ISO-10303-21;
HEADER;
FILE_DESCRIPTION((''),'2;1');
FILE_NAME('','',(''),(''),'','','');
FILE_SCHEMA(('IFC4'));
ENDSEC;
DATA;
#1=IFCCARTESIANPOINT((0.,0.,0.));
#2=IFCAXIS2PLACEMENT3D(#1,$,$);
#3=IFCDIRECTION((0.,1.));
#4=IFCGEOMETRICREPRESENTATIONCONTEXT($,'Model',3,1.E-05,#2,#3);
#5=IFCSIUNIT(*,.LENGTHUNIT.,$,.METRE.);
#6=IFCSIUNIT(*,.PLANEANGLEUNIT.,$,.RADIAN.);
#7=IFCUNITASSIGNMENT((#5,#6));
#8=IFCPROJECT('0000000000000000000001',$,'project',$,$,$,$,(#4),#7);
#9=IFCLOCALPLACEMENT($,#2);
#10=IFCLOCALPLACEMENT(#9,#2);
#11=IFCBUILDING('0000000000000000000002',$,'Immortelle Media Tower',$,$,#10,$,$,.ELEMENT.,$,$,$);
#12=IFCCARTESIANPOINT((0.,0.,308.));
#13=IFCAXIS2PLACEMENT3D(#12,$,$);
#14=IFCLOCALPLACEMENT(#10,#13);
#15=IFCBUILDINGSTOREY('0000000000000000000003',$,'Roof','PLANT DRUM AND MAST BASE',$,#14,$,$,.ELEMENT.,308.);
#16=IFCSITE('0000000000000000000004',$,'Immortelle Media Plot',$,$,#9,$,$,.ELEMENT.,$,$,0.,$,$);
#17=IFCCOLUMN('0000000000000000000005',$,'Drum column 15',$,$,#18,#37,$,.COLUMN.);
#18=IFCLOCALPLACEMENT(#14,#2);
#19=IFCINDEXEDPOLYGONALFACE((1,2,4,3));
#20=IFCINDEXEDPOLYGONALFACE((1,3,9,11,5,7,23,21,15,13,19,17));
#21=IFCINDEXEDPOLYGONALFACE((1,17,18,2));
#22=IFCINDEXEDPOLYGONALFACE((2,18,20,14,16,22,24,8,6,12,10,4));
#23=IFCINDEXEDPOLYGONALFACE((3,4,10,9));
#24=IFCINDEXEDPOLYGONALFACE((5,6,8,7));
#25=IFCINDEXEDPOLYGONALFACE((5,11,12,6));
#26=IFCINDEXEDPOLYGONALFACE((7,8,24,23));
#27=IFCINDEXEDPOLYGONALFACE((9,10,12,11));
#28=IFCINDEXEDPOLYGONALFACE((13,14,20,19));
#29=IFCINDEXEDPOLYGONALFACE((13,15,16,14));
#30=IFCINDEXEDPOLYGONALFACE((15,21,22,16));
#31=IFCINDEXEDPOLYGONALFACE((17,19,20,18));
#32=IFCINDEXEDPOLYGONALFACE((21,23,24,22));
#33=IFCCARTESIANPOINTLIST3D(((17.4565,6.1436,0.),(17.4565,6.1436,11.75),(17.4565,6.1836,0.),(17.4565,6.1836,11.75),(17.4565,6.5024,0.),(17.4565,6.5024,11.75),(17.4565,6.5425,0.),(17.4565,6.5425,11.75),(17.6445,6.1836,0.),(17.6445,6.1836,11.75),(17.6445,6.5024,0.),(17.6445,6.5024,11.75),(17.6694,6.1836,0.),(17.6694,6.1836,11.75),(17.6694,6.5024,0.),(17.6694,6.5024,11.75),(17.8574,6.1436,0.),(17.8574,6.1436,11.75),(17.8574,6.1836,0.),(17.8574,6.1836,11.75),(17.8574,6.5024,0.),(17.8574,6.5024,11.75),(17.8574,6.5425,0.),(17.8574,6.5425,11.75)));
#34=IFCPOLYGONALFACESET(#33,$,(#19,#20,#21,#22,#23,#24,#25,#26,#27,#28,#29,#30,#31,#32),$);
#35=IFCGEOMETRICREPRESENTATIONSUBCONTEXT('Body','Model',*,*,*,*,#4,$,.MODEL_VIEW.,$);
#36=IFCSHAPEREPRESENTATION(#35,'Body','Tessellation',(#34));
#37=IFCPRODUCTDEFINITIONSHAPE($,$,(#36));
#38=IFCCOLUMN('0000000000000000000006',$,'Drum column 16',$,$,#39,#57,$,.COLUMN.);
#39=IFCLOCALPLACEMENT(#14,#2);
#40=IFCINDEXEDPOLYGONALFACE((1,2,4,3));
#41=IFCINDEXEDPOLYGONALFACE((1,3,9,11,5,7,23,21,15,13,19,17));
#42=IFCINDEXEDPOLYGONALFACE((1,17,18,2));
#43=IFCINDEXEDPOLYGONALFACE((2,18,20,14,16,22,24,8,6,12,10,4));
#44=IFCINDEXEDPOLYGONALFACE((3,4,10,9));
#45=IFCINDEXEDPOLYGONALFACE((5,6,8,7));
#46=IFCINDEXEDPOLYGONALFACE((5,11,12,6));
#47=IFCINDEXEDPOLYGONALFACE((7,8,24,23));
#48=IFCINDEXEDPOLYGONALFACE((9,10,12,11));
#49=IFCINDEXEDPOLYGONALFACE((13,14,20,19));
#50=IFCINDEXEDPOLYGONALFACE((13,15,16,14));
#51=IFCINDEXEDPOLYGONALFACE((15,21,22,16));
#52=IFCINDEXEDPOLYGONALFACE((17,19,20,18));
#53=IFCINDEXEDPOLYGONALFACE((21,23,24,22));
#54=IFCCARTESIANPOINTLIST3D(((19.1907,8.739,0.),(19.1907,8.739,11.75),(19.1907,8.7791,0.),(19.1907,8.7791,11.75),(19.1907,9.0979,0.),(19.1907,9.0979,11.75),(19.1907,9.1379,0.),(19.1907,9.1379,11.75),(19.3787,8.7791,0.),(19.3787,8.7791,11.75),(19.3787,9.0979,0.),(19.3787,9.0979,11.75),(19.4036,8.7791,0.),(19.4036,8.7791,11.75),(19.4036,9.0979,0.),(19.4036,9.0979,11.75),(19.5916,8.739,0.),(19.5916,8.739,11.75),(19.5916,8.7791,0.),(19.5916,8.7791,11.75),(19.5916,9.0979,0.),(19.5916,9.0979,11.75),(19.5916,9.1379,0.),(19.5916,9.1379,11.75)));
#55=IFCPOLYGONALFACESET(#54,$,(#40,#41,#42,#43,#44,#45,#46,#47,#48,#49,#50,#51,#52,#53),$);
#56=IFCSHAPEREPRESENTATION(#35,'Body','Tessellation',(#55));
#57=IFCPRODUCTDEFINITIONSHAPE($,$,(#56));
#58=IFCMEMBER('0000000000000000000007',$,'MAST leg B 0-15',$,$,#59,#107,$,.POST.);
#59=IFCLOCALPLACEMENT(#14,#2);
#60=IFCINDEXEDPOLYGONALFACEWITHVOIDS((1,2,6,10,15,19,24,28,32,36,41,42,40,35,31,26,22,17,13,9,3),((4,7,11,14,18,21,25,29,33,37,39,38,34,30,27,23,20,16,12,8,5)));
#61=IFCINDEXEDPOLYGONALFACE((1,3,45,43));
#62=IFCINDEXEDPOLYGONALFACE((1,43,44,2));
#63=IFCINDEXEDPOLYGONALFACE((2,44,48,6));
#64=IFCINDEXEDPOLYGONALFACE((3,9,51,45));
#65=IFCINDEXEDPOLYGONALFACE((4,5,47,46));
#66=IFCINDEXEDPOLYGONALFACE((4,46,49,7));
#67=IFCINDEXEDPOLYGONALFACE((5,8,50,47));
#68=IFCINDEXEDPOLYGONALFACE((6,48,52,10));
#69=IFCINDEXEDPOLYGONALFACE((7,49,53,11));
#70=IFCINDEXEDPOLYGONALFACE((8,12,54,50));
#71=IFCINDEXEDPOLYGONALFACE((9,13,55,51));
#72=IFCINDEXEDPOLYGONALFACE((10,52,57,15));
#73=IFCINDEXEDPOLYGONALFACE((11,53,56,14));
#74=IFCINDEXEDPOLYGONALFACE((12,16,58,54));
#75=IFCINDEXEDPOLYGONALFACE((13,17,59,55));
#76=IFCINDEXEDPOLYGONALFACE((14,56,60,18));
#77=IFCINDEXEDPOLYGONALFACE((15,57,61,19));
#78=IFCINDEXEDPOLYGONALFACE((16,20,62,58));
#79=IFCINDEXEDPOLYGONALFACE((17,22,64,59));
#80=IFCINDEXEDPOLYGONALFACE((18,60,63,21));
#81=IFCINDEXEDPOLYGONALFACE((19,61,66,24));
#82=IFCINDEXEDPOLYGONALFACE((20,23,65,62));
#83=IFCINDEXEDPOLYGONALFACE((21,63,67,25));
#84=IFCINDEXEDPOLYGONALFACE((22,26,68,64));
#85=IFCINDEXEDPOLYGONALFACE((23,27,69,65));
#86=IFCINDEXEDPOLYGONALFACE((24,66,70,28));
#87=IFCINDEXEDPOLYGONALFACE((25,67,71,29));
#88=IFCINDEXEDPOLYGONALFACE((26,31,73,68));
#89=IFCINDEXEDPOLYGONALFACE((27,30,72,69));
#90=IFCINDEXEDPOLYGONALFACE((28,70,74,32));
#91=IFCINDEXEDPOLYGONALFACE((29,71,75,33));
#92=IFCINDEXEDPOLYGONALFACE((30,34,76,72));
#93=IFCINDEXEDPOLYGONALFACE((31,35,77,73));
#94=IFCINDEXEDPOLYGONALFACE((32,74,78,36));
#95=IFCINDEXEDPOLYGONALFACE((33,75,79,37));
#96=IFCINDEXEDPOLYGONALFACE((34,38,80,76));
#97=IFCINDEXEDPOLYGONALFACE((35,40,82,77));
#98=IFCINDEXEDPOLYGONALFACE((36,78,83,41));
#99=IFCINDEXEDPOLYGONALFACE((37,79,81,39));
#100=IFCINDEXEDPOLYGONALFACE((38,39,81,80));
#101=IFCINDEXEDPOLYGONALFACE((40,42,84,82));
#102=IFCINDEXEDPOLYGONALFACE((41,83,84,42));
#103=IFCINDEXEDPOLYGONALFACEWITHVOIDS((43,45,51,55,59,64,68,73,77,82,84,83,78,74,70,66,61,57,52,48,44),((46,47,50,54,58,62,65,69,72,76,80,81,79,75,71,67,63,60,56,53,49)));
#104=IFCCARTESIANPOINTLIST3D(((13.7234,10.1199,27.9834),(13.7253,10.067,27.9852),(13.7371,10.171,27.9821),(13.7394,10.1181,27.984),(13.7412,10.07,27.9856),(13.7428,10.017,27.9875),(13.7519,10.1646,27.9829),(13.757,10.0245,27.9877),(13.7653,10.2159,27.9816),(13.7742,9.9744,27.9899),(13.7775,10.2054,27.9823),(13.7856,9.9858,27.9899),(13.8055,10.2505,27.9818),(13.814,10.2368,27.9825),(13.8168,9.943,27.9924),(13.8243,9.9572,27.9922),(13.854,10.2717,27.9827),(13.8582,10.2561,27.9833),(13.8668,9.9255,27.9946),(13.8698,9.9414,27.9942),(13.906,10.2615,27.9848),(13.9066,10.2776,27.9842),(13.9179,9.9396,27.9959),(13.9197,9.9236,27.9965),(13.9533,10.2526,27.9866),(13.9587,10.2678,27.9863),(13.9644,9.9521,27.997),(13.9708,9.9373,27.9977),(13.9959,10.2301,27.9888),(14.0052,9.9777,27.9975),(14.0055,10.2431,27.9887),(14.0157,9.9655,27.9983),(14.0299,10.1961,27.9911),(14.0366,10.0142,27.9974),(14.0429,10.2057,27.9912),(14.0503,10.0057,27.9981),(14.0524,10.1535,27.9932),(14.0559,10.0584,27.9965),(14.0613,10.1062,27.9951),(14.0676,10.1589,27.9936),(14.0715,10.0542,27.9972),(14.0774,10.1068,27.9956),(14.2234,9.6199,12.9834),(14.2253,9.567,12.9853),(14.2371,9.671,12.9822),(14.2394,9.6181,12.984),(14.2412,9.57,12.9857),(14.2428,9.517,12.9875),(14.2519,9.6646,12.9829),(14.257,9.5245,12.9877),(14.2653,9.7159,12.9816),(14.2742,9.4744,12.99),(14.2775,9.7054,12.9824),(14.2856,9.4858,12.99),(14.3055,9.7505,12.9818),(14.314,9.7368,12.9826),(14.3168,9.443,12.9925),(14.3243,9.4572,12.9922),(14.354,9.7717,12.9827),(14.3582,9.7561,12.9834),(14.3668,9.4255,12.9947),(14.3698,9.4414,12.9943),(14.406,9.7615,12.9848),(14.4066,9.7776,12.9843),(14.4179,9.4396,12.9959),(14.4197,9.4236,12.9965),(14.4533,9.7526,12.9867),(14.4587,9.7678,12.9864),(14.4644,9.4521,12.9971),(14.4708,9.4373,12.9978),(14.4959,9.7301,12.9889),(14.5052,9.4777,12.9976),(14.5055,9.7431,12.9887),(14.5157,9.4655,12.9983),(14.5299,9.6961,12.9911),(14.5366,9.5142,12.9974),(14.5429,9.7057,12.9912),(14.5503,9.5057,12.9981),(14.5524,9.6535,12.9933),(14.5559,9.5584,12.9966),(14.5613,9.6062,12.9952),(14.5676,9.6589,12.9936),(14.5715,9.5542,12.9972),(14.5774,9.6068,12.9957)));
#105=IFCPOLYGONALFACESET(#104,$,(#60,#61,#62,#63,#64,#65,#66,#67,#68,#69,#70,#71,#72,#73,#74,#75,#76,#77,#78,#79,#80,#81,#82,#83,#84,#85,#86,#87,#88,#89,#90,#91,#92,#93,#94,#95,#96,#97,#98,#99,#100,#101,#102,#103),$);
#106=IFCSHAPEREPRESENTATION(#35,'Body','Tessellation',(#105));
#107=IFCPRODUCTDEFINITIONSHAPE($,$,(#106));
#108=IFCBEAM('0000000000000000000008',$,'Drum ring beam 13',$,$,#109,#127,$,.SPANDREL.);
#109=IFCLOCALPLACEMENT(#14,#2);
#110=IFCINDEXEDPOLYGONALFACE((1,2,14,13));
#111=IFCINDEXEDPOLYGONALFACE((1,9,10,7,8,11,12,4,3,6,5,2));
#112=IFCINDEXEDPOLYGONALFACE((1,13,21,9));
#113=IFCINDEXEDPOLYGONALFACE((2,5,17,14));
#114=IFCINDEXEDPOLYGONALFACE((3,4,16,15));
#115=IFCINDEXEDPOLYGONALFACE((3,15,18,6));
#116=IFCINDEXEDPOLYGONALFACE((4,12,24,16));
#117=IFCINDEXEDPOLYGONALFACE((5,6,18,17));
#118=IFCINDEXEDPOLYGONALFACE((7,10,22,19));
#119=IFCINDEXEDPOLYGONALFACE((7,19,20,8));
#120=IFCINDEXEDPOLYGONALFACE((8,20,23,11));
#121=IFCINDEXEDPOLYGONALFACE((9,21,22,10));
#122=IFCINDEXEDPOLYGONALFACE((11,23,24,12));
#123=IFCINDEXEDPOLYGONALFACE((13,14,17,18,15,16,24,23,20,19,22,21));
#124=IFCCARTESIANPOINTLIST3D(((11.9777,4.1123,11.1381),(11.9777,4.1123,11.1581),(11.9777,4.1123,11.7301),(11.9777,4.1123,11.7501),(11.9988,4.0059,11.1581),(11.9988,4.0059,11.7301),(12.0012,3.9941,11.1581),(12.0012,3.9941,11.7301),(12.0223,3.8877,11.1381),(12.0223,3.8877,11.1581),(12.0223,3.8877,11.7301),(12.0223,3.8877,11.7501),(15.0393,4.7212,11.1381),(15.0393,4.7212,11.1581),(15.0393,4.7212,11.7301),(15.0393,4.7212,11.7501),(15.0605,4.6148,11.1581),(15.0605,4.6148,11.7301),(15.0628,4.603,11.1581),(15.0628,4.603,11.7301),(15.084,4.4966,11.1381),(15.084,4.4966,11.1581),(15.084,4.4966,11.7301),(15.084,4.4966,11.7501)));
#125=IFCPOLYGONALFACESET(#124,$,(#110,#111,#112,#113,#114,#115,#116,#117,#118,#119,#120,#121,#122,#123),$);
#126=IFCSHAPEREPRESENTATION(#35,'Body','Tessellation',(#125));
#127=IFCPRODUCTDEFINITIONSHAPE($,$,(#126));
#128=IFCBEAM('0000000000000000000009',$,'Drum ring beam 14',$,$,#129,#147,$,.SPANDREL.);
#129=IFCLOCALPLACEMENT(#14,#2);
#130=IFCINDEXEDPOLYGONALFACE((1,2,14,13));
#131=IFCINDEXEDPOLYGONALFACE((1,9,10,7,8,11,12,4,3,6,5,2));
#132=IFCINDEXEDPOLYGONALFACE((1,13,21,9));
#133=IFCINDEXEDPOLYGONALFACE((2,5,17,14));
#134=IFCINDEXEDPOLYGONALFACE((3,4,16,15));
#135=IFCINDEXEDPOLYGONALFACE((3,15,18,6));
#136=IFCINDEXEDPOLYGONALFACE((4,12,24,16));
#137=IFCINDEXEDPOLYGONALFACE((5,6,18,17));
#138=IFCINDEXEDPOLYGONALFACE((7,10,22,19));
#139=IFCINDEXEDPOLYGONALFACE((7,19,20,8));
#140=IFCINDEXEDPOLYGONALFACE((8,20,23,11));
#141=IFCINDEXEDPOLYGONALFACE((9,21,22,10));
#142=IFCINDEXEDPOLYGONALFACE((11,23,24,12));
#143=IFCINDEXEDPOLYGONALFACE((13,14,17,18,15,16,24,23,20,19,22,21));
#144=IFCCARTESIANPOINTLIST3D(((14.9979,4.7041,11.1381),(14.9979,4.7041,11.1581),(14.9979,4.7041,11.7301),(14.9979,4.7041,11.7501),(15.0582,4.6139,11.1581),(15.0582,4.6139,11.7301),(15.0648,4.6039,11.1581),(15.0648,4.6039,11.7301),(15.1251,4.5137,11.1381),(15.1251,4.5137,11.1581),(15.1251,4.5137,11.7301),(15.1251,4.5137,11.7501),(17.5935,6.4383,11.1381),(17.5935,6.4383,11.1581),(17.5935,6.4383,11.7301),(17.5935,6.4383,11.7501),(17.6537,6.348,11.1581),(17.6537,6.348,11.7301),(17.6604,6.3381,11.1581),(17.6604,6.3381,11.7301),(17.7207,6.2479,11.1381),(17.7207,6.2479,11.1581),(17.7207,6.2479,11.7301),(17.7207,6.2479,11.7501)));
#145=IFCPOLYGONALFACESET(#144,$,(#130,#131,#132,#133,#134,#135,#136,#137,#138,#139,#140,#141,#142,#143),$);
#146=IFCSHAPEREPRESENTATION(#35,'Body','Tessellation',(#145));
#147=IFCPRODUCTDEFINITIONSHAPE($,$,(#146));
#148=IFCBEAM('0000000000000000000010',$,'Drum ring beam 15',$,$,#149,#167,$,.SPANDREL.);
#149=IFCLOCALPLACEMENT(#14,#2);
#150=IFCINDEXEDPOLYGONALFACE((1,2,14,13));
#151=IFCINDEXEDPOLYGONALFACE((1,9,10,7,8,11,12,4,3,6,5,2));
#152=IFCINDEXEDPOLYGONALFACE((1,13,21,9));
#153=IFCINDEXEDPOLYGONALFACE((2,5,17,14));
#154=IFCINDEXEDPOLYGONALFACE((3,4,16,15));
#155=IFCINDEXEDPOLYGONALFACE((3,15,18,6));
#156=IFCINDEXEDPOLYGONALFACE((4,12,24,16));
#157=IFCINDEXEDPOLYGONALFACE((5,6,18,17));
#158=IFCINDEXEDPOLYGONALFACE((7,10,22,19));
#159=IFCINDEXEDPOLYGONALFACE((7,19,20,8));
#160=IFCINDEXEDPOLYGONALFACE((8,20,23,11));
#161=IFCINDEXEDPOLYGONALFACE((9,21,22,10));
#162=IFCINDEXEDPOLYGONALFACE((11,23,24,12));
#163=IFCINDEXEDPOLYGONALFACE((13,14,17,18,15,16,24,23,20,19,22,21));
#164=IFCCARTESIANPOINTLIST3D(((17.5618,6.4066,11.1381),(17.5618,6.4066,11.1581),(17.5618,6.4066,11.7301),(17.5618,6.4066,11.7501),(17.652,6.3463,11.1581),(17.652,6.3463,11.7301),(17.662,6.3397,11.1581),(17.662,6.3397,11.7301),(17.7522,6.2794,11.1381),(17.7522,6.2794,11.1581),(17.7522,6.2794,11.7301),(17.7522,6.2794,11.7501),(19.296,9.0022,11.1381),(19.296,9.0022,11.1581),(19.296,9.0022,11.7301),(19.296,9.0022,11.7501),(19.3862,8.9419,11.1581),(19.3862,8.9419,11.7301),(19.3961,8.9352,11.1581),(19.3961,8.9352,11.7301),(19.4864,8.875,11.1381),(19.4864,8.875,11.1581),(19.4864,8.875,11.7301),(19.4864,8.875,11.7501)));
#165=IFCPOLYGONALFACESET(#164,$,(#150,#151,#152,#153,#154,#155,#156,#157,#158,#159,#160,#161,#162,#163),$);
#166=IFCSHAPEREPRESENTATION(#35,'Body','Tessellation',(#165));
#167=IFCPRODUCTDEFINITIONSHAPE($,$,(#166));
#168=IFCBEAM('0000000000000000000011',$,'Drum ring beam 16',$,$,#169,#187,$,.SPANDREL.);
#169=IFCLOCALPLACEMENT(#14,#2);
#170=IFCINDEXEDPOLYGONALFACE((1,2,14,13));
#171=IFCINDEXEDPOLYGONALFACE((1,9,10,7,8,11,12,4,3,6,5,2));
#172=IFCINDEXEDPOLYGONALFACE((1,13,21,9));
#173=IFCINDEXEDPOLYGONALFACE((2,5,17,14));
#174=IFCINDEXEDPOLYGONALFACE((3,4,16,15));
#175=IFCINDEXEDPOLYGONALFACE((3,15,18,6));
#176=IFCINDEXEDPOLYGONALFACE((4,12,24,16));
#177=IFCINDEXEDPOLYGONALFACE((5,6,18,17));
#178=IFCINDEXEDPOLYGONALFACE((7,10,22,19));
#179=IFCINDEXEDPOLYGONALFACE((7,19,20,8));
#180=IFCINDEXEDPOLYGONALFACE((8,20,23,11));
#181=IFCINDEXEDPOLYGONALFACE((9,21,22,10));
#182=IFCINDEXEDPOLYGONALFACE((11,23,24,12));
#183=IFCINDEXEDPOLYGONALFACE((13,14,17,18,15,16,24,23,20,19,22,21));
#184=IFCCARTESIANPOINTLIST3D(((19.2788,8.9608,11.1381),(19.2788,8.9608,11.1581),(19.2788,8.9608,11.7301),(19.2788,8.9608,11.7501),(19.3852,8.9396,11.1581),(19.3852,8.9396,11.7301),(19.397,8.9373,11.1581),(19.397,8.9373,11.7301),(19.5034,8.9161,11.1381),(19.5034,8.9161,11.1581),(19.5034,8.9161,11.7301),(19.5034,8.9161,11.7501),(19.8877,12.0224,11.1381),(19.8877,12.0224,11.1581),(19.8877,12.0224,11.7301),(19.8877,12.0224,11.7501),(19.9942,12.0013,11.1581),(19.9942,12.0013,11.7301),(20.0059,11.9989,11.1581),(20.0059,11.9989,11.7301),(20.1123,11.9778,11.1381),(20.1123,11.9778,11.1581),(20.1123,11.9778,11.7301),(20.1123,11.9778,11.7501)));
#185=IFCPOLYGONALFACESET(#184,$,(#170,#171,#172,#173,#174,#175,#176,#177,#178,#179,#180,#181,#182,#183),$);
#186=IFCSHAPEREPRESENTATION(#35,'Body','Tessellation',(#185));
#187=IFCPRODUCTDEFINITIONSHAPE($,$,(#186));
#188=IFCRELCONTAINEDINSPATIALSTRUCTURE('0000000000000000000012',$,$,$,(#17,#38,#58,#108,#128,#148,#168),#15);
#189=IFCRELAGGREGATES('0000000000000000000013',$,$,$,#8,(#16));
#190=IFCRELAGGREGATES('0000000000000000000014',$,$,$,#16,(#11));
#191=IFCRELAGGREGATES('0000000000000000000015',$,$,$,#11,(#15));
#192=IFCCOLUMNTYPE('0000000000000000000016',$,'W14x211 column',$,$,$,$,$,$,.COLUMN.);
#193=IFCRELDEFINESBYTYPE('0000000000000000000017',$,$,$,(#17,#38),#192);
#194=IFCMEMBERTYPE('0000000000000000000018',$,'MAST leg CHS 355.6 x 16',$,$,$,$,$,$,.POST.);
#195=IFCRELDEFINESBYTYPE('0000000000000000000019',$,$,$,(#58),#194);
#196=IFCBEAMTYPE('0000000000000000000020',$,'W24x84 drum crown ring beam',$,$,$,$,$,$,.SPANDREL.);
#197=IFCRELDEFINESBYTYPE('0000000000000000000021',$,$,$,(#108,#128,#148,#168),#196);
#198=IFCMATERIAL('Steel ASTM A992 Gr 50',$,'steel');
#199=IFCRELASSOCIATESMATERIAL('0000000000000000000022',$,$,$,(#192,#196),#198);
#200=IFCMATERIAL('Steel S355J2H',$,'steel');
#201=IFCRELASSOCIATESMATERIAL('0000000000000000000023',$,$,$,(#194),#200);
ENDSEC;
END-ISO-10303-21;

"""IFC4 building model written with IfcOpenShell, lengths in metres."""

from ifc_helpers import new_model, si_unit, direction, frame, origin, origin_2d, place, context, subcontext, project, spatial, hollow_circle, i_section, extrude, material, material_profile, profile_set, type_object, element, save


model = new_model("IFC4")

# Units and contexts
model_context = context("Model", 3, precision=1e-05, world=origin(), true_north=direction((0.0, 1.0)))
body_context = subcontext(model_context, "Body", "Model", "MODEL_VIEW")
ifc_project = project(units=[si_unit("LENGTHUNIT", "METRE"), si_unit("PLANEANGLEUNIT", "RADIAN")], contexts=[model_context])

# Site, building, storey
site_placement = place(None, origin())
site = spatial("IfcSite", under=ifc_project, at=site_placement, Name="Immortelle Media Plot", CompositionType="ELEMENT", RefElevation=0.0)
building_placement = place(site_placement, origin())
building = spatial("IfcBuilding", under=site, at=building_placement, Name="Immortelle Media Tower", CompositionType="ELEMENT")
storey_placement = place(building_placement, frame((0.0, 0.0, 308.0)))
storey = spatial("IfcBuildingStorey", under=building, at=storey_placement, Name="Roof", Description="PLANT DRUM AND MAST BASE", CompositionType="ELEMENT", Elevation=308.0)

# Columns
ifc_material_1 = material(Name="Steel ASTM A992 Gr 50", Category="steel")
ifc_material_profile_1 = material_profile(ifc_material_1, i_section(OverallWidth=0.4009, OverallDepth=0.3989, WebThickness=0.0249, FlangeThickness=0.04, at=origin_2d()), Name="W14x211")
ifc_profile_set_1 = profile_set([ifc_material_profile_1], Name="Steel ASTM A992 Gr 50")
column_type = type_object("IfcColumnType", Name="W14x211 column", PredefinedType="COLUMN", material=ifc_profile_set_1)
for number, where, z_axis, x_axis, name in (
    (1, (17.657, 6.343, 0.0), (0.0, 0.0, 1.0), (1.0, 0.0, 0.0), "Drum column 15"),
    (2, (19.3911, 8.9385, 0.0), (0.0, 0.0, 1.0), (1.0, 0.0, 0.0), "Drum column 16"),
):
    element("IfcColumn", number, at=place(storey_placement, frame(where, z_axis=z_axis, x_axis=x_axis)), inside=storey, type_object=column_type, Name=name, PredefinedType="COLUMN", context=body_context, shape_type="SweptSolid", body=[
        extrude(i_section(OverallWidth=0.4009, OverallDepth=0.3989, WebThickness=0.0249, FlangeThickness=0.04, at=origin_2d()), origin(), (0.0, 0.0, 1.0), 11.75),
    ])

# Member
ifc_material_2 = material(Name="Steel S355J2H", Category="steel")
ifc_material_profile_2 = material_profile(ifc_material_2, hollow_circle(Radius=0.1777, WallThickness=0.0161, at=origin_2d()), Name="CHS 355.6 x 16")
ifc_profile_set_2 = profile_set([ifc_material_profile_2], Name="Steel S355J2H")
member_type = type_object("IfcMemberType", Name="MAST leg CHS 355.6 x 16", PredefinedType="POST", material=ifc_profile_set_2)
member_placement = place(storey_placement, frame((14.3999, 9.6001, 12.99), z_axis=(-0.033296, 0.033296, 0.998891), x_axis=(-0.707107, -0.707107, 0.0)))
element("IfcMember", 3, at=member_placement, inside=storey, type_object=member_type, Name="MAST leg B 0-15", PredefinedType="POST", context=body_context, shape_type="SweptSolid", body=[
    extrude(hollow_circle(Radius=0.1777, WallThickness=0.0161, at=origin_2d()), origin(), (0.0, 0.0, 1.0), 15.0166),
])

# Beams
ifc_material_profile_3 = material_profile(ifc_material_1, i_section(OverallWidth=0.229, OverallDepth=0.6121, WebThickness=0.012, FlangeThickness=0.02, at=origin_2d()), Name="W24x84")
ifc_profile_set_3 = profile_set([ifc_material_profile_3], Name="Steel ASTM A992 Gr 50")
beam_type = type_object("IfcBeamType", Name="W24x84 drum crown ring beam", PredefinedType="SPANDREL", material=ifc_profile_set_3)
for number, where, z_axis, x_axis, name in (
    (4, (12.0, 4.0, 11.4441), (0.980791, 0.195063, 0.0), (-0.195063, 0.980791, 0.0), "Drum ring beam 13"),
    (5, (15.0615, 4.6089, 11.4441), (0.831484, 0.555548, 0.0), (-0.555548, 0.831484, 0.0), "Drum ring beam 14"),
    (6, (17.657, 6.343, 11.4441), (0.555548, 0.831484, 0.0), (-0.831484, 0.555548, 0.0), "Drum ring beam 15"),
    (7, (19.3911, 8.9385, 11.4441), (0.195063, 0.980791, 0.0), (-0.980791, 0.195063, 0.0), "Drum ring beam 16"),
):
    element("IfcBeam", number, at=place(storey_placement, frame(where, z_axis=z_axis, x_axis=x_axis)), inside=storey, type_object=beam_type, Name=name, PredefinedType="SPANDREL", context=body_context, shape_type="SweptSolid", body=[
        extrude(i_section(OverallWidth=0.229, OverallDepth=0.6121, WebThickness=0.012, FlangeThickness=0.02, at=origin_2d()), origin(), (0.0, 0.0, 1.0), 3.1216),
    ])

save(model, "model.ifc")
